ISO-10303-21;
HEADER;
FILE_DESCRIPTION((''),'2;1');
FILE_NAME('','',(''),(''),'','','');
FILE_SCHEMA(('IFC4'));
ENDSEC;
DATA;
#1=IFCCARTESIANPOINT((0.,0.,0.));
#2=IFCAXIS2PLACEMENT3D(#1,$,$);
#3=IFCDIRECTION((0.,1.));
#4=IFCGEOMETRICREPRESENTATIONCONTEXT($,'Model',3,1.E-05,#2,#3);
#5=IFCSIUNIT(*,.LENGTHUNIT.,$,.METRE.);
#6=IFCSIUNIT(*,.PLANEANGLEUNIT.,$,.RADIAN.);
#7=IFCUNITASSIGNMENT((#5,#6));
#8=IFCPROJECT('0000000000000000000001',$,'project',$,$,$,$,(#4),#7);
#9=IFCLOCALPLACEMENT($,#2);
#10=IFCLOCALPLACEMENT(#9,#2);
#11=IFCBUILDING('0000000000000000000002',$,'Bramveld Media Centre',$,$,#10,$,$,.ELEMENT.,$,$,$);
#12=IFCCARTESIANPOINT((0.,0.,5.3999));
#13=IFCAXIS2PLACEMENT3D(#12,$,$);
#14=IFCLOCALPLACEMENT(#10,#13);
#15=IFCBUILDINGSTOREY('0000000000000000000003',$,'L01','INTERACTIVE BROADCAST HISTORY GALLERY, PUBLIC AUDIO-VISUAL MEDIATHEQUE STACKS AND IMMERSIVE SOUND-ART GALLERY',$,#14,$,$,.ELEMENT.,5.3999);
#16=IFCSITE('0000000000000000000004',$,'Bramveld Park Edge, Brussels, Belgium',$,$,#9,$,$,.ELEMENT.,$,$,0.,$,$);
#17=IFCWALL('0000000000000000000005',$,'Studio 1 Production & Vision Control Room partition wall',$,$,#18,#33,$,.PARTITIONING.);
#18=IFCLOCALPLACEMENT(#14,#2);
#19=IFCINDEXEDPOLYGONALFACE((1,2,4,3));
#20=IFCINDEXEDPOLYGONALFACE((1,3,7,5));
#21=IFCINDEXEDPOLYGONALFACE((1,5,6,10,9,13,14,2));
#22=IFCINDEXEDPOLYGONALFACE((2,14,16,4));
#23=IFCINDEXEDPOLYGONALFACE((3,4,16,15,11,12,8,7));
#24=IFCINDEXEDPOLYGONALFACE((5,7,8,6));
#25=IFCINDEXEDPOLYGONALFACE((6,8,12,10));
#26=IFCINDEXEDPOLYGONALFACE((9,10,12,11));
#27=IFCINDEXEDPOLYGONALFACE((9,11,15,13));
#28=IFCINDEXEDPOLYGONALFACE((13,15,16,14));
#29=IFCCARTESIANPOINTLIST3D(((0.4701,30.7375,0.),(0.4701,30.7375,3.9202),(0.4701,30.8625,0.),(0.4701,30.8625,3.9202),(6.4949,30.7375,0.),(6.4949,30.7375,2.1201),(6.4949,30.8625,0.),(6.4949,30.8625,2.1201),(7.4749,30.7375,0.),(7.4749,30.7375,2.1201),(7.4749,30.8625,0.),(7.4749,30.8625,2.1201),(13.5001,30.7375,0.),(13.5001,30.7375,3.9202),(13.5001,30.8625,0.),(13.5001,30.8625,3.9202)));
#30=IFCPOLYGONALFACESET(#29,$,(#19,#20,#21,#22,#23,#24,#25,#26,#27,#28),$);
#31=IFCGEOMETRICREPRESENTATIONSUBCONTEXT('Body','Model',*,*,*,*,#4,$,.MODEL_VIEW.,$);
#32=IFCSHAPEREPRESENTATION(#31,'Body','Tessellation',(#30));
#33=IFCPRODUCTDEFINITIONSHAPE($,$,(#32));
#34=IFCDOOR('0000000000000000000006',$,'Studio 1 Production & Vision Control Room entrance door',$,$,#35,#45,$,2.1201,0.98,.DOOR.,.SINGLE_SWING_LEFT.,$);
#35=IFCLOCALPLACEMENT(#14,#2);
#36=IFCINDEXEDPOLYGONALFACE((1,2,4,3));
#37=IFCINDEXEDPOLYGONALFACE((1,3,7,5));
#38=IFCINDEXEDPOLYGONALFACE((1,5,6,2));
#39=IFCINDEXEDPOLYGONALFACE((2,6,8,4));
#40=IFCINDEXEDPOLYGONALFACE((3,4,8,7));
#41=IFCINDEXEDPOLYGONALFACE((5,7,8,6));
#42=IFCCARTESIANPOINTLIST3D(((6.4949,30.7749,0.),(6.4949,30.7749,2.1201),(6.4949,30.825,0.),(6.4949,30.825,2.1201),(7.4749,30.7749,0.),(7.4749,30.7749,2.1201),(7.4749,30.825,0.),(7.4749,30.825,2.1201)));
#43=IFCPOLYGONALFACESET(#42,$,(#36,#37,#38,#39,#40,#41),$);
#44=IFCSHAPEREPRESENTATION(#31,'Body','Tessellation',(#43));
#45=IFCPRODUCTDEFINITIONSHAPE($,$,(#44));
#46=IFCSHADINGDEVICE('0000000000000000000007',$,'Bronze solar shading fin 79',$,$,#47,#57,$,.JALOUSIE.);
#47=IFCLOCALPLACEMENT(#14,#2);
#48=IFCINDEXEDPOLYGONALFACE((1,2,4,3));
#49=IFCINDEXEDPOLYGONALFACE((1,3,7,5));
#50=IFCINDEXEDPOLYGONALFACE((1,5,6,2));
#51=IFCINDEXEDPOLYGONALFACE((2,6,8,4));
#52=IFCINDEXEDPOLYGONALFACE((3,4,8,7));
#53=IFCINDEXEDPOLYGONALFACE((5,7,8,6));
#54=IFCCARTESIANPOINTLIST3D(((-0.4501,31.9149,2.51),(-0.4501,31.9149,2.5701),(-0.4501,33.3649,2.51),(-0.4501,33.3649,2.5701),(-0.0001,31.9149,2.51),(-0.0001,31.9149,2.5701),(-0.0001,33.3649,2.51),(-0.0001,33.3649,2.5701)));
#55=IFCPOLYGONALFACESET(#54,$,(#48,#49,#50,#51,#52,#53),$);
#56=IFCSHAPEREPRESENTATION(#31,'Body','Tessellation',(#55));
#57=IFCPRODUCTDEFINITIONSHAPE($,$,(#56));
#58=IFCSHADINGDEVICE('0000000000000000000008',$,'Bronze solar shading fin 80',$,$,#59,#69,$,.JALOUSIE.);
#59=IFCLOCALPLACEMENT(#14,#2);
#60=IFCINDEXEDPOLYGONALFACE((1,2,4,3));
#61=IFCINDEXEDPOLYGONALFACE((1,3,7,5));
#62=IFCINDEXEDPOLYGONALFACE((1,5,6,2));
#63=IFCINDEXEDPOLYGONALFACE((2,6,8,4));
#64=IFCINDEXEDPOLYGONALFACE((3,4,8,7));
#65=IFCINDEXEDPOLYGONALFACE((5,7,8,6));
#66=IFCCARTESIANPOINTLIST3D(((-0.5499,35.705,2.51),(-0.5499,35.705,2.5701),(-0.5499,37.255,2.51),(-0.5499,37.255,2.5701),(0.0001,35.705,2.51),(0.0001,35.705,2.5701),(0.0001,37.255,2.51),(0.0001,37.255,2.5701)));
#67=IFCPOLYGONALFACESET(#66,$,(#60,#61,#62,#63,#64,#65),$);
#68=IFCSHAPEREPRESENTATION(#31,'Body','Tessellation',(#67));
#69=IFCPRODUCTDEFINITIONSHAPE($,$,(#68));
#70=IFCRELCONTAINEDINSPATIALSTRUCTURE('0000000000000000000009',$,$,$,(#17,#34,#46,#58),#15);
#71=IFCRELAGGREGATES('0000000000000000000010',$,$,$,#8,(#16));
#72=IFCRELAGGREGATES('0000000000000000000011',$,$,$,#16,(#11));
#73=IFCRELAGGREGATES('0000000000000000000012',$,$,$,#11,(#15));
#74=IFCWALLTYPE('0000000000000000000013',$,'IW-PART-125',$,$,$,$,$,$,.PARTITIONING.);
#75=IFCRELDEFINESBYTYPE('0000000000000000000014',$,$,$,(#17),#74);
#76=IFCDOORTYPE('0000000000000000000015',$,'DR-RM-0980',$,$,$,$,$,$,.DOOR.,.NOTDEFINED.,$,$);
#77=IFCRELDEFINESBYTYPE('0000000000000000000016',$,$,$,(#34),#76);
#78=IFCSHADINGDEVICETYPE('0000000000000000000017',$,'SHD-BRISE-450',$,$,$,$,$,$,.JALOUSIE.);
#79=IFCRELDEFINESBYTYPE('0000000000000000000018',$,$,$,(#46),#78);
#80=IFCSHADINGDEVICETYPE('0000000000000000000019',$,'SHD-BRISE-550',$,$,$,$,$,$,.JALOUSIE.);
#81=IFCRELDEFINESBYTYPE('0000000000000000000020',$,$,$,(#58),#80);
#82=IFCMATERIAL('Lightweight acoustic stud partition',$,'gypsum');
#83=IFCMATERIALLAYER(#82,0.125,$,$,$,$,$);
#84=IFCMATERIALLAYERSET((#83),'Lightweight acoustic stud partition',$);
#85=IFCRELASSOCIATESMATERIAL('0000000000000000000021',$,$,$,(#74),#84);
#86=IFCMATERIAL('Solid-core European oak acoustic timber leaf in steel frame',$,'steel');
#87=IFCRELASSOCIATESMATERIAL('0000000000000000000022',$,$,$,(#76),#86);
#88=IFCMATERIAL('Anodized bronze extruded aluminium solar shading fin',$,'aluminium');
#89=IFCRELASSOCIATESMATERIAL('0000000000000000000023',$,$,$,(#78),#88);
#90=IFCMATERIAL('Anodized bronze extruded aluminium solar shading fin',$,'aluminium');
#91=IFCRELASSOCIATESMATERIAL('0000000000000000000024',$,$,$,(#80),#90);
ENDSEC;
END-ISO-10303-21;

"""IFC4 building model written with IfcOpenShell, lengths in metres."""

from ifc_helpers import new_model, si_unit, direction, frame, frame_2d, origin, origin_2d, place, context, subcontext, project, spatial, rectangle, extrude, material, layer, layer_set, type_object, element, fill, save


model = new_model("IFC4")

# Units and contexts
model_context = context("Model", 3, precision=1e-05, world=origin(), true_north=direction((0.0, 1.0)))
body_context = subcontext(model_context, "Body", "Model", "MODEL_VIEW")
ifc_project = project(units=[si_unit("LENGTHUNIT", "METRE"), si_unit("PLANEANGLEUNIT", "RADIAN")], contexts=[model_context])

# Site, building, storey
site_placement = place(None, origin())
site = spatial("IfcSite", under=ifc_project, at=site_placement, Name="Bramveld Park Edge, Brussels, Belgium", CompositionType="ELEMENT", RefElevation=0.0)
building_placement = place(site_placement, origin())
building = spatial("IfcBuilding", under=site, at=building_placement, Name="Bramveld Media Centre", CompositionType="ELEMENT")
storey_placement = place(building_placement, frame((0.0, 0.0, 5.3999)))
storey = spatial("IfcBuildingStorey", under=building, at=storey_placement, Name="L01", Description="INTERACTIVE BROADCAST HISTORY GALLERY, PUBLIC AUDIO-VISUAL MEDIATHEQUE STACKS AND IMMERSIVE SOUND-ART GALLERY", CompositionType="ELEMENT", Elevation=5.3999)

# Wall, opening, door
ifc_material_1 = material(Name="Lightweight acoustic stud partition", Category="gypsum")
ifc_layer = layer(ifc_material_1, 0.125)
ifc_layer_set = layer_set([ifc_layer], Name="Lightweight acoustic stud partition")
wall_type = type_object("IfcWallType", Name="IW-PART-125", PredefinedType="PARTITIONING", material=ifc_layer_set)
wall_placement = place(storey_placement, frame((0.47, 30.8, 0.0), z_axis=(0.0, 0.0, 1.0), x_axis=(1.0, 0.0, 0.0)))
wall = element("IfcWall", 1, at=wall_placement, inside=storey, type_object=wall_type, Name="Studio 1 Production & Vision Control Room partition wall", PredefinedType="PARTITIONING", context=body_context, shape_type="SweptSolid", body=[
    extrude(rectangle(XDim=13.03, YDim=0.125, at=frame_2d((6.5151, 0.0))), origin(), (0.0, 0.0, 1.0), 3.9202),
])
opening_placement = place(wall_placement, frame((6.0249, 0.0, 0.0)))
opening = element("IfcOpeningElement", 2, at=opening_placement, cuts=wall, PredefinedType="OPENING", context=body_context, shape_type="SweptSolid", body=[
    extrude(rectangle(XDim=0.98, YDim=2.1201, at=frame_2d((0.49, 1.0601))), frame((0.0, 0.0745, 0.0), z_axis=(0.0, -1.0, 0.0), x_axis=(1.0, 0.0, 0.0)), (0.0, 0.0, 1.0), 0.1489),
])
ifc_material_2 = material(Name="Solid-core European oak acoustic timber leaf in steel frame", Category="steel")
door_type = type_object("IfcDoorType", Name="DR-RM-0980", OperationType="NOTDEFINED", PredefinedType="DOOR", material=ifc_material_2)
door_placement = place(opening_placement, origin())
door = element("IfcDoor", 3, at=door_placement, inside=storey, type_object=door_type, Name="Studio 1 Production & Vision Control Room entrance door", OperationType="SINGLE_SWING_LEFT", OverallHeight=2.1201, OverallWidth=0.98, PredefinedType="DOOR", context=body_context, shape_type="SweptSolid", body=[
    extrude(rectangle(XDim=0.98, YDim=2.1201, at=frame_2d((0.49, 1.0601))), frame((0.0, 0.0249, 0.0), z_axis=(0.0, -1.0, 0.0), x_axis=(1.0, 0.0, 0.0)), (0.0, 0.0, 1.0), 0.05),
])
fill(opening, door)

# Shading devices
ifc_material_3 = material(Name="Anodized bronze extruded aluminium solar shading fin", Category="aluminium")
shading_device_type_1 = type_object("IfcShadingDeviceType", Name="SHD-BRISE-450", PredefinedType="JALOUSIE", material=ifc_material_3)
shading_device_1_placement = place(storey_placement, frame((-0.2251, 32.6399, 2.51), z_axis=(0.0, 0.0, 1.0), x_axis=(1.0, 0.0, 0.0)))
element("IfcShadingDevice", 4, at=shading_device_1_placement, inside=storey, type_object=shading_device_type_1, Name="Bronze solar shading fin 79", PredefinedType="JALOUSIE", context=body_context, shape_type="SweptSolid", body=[
    extrude(rectangle(XDim=0.45, YDim=1.45, at=origin_2d()), origin(), (0.0, 0.0, 1.0), 0.0601),
])
ifc_material_4 = material(Name="Anodized bronze extruded aluminium solar shading fin", Category="aluminium")
shading_device_type_2 = type_object("IfcShadingDeviceType", Name="SHD-BRISE-550", PredefinedType="JALOUSIE", material=ifc_material_4)
shading_device_2_placement = place(storey_placement, frame((-0.2749, 36.48, 2.51), z_axis=(0.0, 0.0, 1.0), x_axis=(1.0, 0.0, 0.0)))
element("IfcShadingDevice", 5, at=shading_device_2_placement, inside=storey, type_object=shading_device_type_2, Name="Bronze solar shading fin 80", PredefinedType="JALOUSIE", context=body_context, shape_type="SweptSolid", body=[
    extrude(rectangle(XDim=0.55, YDim=1.55, at=origin_2d()), origin(), (0.0, 0.0, 1.0), 0.0601),
])

save(model, "model.ifc")
